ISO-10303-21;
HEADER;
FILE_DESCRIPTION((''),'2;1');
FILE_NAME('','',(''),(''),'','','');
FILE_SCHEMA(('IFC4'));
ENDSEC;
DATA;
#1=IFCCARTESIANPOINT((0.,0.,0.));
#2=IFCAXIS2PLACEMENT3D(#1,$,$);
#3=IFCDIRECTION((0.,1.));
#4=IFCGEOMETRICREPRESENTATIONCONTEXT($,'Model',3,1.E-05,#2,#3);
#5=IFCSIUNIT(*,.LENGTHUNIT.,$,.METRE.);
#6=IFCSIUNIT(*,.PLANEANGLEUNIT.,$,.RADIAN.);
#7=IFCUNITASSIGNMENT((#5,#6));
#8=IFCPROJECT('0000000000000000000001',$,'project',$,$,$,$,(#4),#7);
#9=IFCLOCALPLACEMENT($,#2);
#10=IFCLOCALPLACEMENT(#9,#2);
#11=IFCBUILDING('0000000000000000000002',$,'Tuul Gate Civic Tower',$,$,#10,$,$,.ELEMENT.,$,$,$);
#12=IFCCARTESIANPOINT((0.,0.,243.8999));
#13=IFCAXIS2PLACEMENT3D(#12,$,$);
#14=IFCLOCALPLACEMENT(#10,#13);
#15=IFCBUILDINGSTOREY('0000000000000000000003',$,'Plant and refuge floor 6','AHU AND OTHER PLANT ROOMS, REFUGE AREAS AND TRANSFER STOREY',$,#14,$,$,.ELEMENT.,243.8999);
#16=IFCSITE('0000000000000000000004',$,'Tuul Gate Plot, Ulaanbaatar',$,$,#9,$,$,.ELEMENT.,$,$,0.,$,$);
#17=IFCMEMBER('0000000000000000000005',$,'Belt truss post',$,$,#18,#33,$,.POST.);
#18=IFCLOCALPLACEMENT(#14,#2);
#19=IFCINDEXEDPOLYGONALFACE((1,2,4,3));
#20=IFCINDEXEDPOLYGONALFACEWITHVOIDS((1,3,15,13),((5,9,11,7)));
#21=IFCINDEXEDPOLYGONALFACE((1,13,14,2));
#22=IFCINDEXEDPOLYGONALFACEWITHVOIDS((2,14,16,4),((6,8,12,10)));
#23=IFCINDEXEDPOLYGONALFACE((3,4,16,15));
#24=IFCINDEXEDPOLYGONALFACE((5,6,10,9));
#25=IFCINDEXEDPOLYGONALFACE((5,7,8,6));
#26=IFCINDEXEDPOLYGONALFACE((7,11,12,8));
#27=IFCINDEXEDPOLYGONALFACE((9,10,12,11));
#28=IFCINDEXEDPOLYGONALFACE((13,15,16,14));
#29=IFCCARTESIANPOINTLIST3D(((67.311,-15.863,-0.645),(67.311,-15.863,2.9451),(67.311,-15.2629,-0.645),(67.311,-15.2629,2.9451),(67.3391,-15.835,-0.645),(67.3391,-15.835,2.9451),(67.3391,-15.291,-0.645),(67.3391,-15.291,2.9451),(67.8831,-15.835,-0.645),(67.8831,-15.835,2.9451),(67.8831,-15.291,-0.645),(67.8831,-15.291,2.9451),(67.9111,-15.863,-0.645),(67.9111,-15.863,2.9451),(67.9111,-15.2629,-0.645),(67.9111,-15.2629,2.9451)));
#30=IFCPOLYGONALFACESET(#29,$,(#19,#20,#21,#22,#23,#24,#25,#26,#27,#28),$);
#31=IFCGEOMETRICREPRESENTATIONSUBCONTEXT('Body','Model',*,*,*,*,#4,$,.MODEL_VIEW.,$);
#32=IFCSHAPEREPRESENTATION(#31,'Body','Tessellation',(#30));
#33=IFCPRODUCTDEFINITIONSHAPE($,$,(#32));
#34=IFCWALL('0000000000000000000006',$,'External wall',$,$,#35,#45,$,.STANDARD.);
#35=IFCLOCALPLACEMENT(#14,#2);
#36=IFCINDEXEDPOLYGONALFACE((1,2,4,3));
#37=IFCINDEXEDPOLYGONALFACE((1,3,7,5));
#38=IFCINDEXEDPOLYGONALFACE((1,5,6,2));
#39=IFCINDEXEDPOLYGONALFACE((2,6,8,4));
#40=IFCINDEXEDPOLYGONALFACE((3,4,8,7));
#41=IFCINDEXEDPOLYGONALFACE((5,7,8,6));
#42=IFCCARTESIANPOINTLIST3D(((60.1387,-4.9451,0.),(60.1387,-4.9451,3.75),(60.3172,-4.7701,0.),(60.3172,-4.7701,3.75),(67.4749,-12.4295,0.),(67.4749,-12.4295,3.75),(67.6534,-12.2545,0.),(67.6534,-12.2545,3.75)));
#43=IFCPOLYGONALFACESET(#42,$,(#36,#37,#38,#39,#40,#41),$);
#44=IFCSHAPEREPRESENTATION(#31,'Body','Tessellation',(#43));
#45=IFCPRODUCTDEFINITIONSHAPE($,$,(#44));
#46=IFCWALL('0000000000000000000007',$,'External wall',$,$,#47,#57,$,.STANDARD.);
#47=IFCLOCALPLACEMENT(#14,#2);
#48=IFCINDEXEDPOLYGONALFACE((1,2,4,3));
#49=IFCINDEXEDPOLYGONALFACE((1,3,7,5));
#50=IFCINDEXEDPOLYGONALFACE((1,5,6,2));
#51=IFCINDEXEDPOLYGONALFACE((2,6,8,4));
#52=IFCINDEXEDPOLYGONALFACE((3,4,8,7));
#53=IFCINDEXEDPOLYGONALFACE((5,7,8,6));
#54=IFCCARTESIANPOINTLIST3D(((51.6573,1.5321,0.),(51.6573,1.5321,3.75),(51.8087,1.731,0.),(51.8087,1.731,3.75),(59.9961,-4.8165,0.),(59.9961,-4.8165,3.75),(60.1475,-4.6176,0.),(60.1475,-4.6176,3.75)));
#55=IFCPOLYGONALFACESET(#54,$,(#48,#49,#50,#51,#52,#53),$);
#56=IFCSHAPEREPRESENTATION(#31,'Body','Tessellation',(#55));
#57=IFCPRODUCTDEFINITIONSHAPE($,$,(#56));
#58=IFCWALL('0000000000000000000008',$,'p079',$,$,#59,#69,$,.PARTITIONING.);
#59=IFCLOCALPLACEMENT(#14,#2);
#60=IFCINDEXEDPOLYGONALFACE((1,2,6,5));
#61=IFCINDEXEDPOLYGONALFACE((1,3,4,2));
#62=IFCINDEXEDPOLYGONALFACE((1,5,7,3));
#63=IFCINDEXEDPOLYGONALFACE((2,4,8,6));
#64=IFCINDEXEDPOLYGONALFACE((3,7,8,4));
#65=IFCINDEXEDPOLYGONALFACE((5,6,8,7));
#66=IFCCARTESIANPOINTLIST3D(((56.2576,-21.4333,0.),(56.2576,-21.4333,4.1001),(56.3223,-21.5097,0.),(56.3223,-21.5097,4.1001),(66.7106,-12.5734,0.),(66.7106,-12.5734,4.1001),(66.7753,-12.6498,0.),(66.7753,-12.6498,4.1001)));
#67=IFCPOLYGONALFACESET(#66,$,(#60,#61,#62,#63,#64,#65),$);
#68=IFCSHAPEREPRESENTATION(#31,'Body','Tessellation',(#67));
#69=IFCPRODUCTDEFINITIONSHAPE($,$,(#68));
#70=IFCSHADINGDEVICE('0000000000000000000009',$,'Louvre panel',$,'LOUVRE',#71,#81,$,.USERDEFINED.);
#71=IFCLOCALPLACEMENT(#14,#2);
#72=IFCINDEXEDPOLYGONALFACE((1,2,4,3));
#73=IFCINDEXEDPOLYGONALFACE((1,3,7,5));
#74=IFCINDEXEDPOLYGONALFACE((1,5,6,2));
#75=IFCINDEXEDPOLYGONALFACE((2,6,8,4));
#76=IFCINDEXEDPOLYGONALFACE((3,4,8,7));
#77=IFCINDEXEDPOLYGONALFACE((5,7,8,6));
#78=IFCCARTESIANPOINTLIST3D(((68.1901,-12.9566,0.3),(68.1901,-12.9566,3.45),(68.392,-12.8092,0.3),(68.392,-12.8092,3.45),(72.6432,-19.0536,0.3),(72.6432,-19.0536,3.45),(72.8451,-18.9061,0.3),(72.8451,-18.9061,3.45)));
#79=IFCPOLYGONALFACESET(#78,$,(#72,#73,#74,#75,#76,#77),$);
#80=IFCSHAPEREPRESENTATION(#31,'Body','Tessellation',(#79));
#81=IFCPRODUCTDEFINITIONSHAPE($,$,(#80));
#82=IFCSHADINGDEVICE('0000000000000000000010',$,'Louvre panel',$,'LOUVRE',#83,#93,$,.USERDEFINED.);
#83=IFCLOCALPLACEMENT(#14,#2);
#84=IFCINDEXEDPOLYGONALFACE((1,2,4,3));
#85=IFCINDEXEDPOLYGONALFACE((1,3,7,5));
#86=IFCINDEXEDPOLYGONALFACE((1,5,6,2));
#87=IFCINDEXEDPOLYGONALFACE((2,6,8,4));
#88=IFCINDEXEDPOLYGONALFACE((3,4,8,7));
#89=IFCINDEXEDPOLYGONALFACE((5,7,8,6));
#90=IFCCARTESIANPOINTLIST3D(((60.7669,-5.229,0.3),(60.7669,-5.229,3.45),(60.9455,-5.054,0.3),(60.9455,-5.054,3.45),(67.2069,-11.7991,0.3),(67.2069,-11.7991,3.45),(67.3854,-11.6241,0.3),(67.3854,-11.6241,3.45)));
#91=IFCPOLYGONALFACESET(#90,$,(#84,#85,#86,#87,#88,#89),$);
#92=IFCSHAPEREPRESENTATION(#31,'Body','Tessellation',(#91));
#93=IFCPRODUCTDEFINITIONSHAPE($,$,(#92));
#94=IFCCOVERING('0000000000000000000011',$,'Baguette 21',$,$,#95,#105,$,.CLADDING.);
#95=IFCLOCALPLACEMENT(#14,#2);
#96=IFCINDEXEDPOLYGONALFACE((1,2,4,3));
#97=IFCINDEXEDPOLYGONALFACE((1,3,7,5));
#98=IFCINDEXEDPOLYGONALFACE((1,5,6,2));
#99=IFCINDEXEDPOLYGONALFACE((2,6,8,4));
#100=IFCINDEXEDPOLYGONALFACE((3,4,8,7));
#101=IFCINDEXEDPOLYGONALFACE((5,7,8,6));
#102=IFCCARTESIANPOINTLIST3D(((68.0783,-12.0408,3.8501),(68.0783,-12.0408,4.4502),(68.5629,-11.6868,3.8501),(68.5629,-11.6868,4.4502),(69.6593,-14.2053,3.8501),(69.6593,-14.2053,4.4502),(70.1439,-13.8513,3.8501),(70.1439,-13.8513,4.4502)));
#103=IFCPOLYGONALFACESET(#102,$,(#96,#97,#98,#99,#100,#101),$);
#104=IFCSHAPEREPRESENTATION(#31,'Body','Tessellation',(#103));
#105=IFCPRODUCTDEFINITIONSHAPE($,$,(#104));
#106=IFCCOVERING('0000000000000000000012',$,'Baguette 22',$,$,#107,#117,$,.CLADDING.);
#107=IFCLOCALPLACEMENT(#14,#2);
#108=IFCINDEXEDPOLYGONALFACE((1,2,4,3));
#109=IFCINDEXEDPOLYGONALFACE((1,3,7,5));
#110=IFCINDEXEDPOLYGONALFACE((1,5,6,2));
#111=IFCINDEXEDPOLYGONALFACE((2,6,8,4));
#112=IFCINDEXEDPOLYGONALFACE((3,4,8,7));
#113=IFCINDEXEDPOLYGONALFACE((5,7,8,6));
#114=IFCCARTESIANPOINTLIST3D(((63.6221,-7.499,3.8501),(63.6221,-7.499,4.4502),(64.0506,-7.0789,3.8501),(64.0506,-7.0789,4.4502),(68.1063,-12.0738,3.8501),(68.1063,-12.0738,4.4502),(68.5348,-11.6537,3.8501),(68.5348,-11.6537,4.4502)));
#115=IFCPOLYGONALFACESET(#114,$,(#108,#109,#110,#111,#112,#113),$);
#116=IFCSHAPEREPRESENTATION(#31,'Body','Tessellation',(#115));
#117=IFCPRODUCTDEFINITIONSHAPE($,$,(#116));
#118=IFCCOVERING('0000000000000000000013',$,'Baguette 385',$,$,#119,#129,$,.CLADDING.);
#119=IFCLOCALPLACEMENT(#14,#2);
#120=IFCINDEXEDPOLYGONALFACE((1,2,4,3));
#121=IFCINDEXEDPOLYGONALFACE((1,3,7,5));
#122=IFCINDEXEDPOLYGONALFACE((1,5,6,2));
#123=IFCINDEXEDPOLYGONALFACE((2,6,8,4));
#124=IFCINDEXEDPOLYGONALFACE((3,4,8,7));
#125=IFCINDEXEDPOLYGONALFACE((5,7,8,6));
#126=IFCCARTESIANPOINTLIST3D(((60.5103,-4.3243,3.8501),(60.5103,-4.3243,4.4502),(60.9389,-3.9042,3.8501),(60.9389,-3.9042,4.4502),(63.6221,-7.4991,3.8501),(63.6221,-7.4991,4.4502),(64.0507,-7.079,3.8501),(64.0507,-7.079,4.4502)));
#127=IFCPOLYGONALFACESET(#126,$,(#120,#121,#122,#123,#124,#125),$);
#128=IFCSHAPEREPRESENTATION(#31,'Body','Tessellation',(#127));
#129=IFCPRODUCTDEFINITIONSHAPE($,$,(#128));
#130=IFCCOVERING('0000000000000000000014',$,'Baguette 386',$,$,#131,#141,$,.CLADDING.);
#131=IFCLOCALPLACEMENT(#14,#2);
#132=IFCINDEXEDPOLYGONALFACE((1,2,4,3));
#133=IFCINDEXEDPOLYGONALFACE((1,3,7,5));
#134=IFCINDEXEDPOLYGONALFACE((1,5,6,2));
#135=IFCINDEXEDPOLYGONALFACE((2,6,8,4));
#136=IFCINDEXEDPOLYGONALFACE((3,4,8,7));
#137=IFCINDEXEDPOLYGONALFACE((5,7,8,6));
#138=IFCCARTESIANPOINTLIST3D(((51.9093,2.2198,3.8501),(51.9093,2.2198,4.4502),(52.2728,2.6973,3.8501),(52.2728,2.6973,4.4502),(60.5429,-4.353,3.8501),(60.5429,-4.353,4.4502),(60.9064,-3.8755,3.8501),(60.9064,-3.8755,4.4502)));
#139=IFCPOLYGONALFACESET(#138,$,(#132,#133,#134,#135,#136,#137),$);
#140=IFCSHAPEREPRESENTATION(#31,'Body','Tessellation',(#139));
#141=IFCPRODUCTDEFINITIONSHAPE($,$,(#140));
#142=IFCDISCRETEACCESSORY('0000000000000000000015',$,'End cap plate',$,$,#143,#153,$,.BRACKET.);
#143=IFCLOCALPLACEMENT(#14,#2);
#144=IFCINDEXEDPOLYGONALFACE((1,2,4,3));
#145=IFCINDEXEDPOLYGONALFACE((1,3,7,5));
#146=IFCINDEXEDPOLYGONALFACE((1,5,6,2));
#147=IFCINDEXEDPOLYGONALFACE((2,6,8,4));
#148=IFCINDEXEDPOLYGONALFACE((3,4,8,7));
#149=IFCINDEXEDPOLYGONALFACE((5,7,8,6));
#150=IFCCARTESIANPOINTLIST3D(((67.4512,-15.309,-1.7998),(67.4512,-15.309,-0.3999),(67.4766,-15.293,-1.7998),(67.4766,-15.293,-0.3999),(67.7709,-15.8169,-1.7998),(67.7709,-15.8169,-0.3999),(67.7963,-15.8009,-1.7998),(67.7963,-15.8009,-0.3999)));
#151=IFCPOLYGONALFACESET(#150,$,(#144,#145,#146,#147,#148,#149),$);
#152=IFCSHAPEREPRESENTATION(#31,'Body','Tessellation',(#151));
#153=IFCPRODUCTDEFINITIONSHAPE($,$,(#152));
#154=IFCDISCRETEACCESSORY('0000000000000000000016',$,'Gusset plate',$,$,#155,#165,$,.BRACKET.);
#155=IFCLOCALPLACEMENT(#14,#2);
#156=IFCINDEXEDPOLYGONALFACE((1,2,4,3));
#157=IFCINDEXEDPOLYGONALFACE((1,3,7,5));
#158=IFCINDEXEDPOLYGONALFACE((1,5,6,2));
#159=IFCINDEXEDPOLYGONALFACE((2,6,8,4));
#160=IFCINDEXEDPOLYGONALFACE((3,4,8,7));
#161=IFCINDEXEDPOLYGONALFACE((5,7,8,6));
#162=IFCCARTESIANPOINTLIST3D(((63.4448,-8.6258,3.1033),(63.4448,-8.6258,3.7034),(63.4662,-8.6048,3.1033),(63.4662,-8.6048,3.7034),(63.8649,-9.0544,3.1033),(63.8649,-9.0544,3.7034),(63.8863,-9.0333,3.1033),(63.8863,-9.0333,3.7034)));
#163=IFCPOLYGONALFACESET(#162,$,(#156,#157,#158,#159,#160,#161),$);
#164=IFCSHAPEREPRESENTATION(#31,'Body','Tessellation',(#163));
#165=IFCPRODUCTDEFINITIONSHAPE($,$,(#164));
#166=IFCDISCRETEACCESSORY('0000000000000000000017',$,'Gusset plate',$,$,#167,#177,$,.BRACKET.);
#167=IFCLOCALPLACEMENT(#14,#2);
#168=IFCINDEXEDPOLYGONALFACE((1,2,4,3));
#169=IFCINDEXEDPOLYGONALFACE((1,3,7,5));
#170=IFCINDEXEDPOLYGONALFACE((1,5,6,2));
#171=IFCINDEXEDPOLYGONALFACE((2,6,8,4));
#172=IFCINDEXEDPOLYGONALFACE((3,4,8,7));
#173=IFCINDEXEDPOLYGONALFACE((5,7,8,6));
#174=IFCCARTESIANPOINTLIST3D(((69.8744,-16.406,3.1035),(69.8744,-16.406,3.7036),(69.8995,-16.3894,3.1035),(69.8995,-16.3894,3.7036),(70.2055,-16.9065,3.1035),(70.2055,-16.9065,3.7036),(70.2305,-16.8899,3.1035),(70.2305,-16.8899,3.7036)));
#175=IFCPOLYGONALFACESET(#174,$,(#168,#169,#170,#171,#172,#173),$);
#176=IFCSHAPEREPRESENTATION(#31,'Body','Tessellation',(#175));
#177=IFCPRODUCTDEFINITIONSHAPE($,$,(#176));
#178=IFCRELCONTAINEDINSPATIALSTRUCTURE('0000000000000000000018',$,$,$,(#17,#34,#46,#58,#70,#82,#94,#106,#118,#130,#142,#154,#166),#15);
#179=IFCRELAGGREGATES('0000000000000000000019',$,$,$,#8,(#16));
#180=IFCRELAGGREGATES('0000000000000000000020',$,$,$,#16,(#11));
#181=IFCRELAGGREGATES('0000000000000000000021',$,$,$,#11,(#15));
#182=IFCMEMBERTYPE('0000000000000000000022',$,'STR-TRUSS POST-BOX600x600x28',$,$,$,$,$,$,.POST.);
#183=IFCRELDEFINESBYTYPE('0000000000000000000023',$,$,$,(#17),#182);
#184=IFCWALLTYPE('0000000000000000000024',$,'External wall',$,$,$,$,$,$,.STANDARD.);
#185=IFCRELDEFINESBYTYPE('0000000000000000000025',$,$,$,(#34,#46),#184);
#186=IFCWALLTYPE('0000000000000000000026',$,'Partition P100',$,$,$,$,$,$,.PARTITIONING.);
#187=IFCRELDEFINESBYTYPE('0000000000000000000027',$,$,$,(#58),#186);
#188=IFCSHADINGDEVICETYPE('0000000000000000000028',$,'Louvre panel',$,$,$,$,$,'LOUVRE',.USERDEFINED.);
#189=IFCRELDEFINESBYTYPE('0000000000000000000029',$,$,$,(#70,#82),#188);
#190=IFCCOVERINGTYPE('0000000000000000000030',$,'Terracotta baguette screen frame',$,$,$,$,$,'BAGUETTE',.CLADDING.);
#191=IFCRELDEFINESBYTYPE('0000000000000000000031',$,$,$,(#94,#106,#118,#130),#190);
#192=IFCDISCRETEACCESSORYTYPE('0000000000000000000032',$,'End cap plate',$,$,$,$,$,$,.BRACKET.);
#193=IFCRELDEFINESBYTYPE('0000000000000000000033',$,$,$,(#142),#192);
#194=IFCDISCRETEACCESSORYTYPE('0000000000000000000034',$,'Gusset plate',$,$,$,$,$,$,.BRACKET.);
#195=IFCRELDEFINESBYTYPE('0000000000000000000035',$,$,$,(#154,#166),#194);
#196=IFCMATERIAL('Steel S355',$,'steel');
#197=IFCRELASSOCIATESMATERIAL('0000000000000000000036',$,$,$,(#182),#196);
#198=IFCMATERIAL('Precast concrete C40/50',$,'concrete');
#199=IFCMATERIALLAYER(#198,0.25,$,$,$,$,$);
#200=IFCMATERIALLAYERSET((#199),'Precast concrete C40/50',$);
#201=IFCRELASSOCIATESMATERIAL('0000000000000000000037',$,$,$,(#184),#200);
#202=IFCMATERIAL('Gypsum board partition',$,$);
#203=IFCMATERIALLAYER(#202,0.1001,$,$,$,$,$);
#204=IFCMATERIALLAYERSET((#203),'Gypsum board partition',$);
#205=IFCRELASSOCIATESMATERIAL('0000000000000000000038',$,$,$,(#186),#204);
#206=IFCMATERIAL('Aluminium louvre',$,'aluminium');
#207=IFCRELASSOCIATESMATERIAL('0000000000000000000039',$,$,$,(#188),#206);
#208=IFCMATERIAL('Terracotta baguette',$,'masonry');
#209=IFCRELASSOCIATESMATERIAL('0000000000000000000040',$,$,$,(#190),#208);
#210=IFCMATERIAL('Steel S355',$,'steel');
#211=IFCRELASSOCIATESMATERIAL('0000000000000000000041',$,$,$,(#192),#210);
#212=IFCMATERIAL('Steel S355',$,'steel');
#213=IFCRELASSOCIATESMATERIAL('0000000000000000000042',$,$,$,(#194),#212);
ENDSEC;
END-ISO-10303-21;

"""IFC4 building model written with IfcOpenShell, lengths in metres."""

from ifc_helpers import new_model, si_unit, direction, frame, frame_2d, origin, origin_2d, place, context, subcontext, project, spatial, rectangle, hollow_rectangle, extrude, material, layer, layer_set, material_profile, profile_set, type_object, element, save


model = new_model("IFC4")

# Units and contexts
model_context = context("Model", 3, precision=1e-05, world=origin(), true_north=direction((0.0, 1.0)))
body_context = subcontext(model_context, "Body", "Model", "MODEL_VIEW")
ifc_project = project(units=[si_unit("LENGTHUNIT", "METRE"), si_unit("PLANEANGLEUNIT", "RADIAN")], contexts=[model_context])

# Site, building, storey
site_placement = place(None, origin())
site = spatial("IfcSite", under=ifc_project, at=site_placement, Name="Tuul Gate Plot, Ulaanbaatar", CompositionType="ELEMENT", RefElevation=0.0)
building_placement = place(site_placement, origin())
building = spatial("IfcBuilding", under=site, at=building_placement, Name="Tuul Gate Civic Tower", CompositionType="ELEMENT")
storey_placement = place(building_placement, frame((0.0, 0.0, 243.8999)))
storey = spatial("IfcBuildingStorey", under=building, at=storey_placement, Name="Plant and refuge floor 6", Description="AHU AND OTHER PLANT ROOMS, REFUGE AREAS AND TRANSFER STOREY", CompositionType="ELEMENT", Elevation=243.8999)

# Member
ifc_material_1 = material(Name="Steel S355", Category="steel")
ifc_material_profile_1 = material_profile(ifc_material_1, hollow_rectangle(XDim=0.6001, YDim=0.6001, WallThickness=0.0281, at=origin_2d()), Name="BOX600x600x28")
ifc_profile_set_1 = profile_set([ifc_material_profile_1], Name="Steel S355")
member_type_1 = type_object("IfcMemberType", Name="STR-TRUSS POST-BOX600x600x28", PredefinedType="POST", material=ifc_profile_set_1)
for number, where, z_axis, x_axis, name in (
    (1, (67.6111, -15.563, -0.645), (0.0, 0.0, 1.0), (1.0, 0.0, 0.0), "Belt truss post"),
):
    element("IfcMember", number, at=place(storey_placement, frame(where, z_axis=z_axis, x_axis=x_axis)), inside=storey, type_object=member_type_1, Name=name, PredefinedType="POST", context=body_context, shape_type="SweptSolid", body=[
        extrude(hollow_rectangle(XDim=0.6001, YDim=0.6001, WallThickness=0.0281, at=origin_2d()), origin(), (0.0, 0.0, 1.0), 3.5901),
    ])

# Walls
ifc_material_2 = material(Name="Precast concrete C40/50", Category="concrete")
ifc_layer_1 = layer(ifc_material_2, 0.25)
ifc_layer_set_1 = layer_set([ifc_layer_1], Name="Precast concrete C40/50")
wall_type_1 = type_object("IfcWallType", Name="External wall", PredefinedType="STANDARD", material=ifc_layer_set_1)
wall_1_placement = place(storey_placement, frame((67.5642, -12.342, 0.0), z_axis=(0.0, 0.0, 1.0), x_axis=(-0.700001, 0.714142, 0.0)))
element("IfcWall", 2, at=wall_1_placement, inside=storey, type_object=wall_type_1, Name="External wall", PredefinedType="STANDARD", context=body_context, shape_type="SweptSolid", body=[
    extrude(rectangle(XDim=10.4802, YDim=0.25, at=frame_2d((5.2402, 0.0))), origin(), (0.0, 0.0, 1.0), 3.75),
])
wall_2_placement = place(storey_placement, frame((60.0718, -4.717, 0.0), z_axis=(0.0, 0.0, 1.0), x_axis=(-0.795652, 0.605754, 0.0)))
element("IfcWall", 3, at=wall_2_placement, inside=storey, type_object=wall_type_1, Name="External wall", PredefinedType="STANDARD", context=body_context, shape_type="SweptSolid", body=[
    extrude(rectangle(XDim=10.4805, YDim=0.25, at=frame_2d((5.2402, 0.0))), origin(), (0.0, 0.0, 1.0), 3.75),
])
ifc_material_3 = material(Name="Gypsum board partition")
ifc_layer_2 = layer(ifc_material_3, 0.1001)
ifc_layer_set_2 = layer_set([ifc_layer_2], Name="Gypsum board partition")
wall_type_2 = type_object("IfcWallType", Name="Partition P100", PredefinedType="PARTITIONING", material=ifc_layer_set_2)
wall_3_placement = place(storey_placement, frame((66.7429, -12.6116, 0.0), z_axis=(0.0, 0.0, 1.0), x_axis=(-0.762842, -0.646585, 0.0)))
element("IfcWall", 4, at=wall_3_placement, inside=storey, type_object=wall_type_2, Name="p079", PredefinedType="PARTITIONING", context=body_context, shape_type="SweptSolid", body=[
    extrude(rectangle(XDim=13.7026, YDim=0.1001, at=frame_2d((6.8513, 0.0))), origin(), (0.0, 0.0, 1.0), 4.1001),
])

# Shading devices
ifc_material_4 = material(Name="Aluminium louvre", Category="aluminium")
shading_device_type = type_object("IfcShadingDeviceType", Name="Louvre panel", ElementType="LOUVRE", PredefinedType="USERDEFINED", material=ifc_material_4)
shading_device_1_placement = place(storey_placement, frame((70.5176, -15.9314, 0.3), z_axis=(0.0, 0.0, 1.0), x_axis=(0.807538, 0.589815, 0.0)))
element("IfcShadingDevice", 5, at=shading_device_1_placement, inside=storey, type_object=shading_device_type, Name="Louvre panel", ObjectType="LOUVRE", PredefinedType="USERDEFINED", context=body_context, shape_type="SweptSolid", body=[
    extrude(rectangle(XDim=0.25, YDim=7.55, at=origin_2d()), origin(), (0.0, 0.0, 1.0), 3.1499),
])
shading_device_2_placement = place(storey_placement, frame((64.0762, -8.4265, 0.3), z_axis=(0.0, 0.0, 1.0), x_axis=(0.714146, 0.699997, 0.0)))
element("IfcShadingDevice", 6, at=shading_device_2_placement, inside=storey, type_object=shading_device_type, Name="Louvre panel", ObjectType="LOUVRE", PredefinedType="USERDEFINED", context=body_context, shape_type="SweptSolid", body=[
    extrude(rectangle(XDim=0.25, YDim=9.2, at=origin_2d()), origin(), (0.0, 0.0, 1.0), 3.1499),
])

# Coverings
ifc_material_5 = material(Name="Terracotta baguette", Category="masonry")
ifc_material_profile_2 = material_profile(ifc_material_5, rectangle(XDim=0.6001, YDim=0.6001, at=origin_2d()), Name="Terracotta baguette screen frame")
ifc_profile_set_2 = profile_set([ifc_material_profile_2], Name="Terracotta baguette")
covering_type = type_object("IfcCoveringType", Name="Terracotta baguette screen frame", ElementType="BAGUETTE", PredefinedType="CLADDING", material=ifc_profile_set_2)
covering_1_placement = place(storey_placement, frame((69.9016, -14.0283, 4.1501), z_axis=(-0.589838, 0.807521, 0.0), x_axis=(-0.807521, -0.589838, 0.0)))
element("IfcCovering", 7, at=covering_1_placement, inside=storey, type_object=covering_type, Name="Baguette 21", PredefinedType="CLADDING", context=body_context, shape_type="SweptSolid", body=[
    extrude(rectangle(XDim=0.6001, YDim=0.6001, at=origin_2d()), origin(), (0.0, 0.0, 1.0), 2.6804),
])
covering_2_placement = place(storey_placement, frame((68.3206, -11.8638, 4.1501), z_axis=(-0.700002, 0.714141, 0.0), x_axis=(-0.714141, -0.700002, 0.0)))
element("IfcCovering", 8, at=covering_2_placement, inside=storey, type_object=covering_type, Name="Baguette 22", PredefinedType="CLADDING", context=body_context, shape_type="SweptSolid", body=[
    extrude(rectangle(XDim=0.6001, YDim=0.6001, at=origin_2d()), origin(), (0.0, 0.0, 1.0), 6.406),
])
covering_3_placement = place(storey_placement, frame((63.8364, -7.2891, 4.1501), z_axis=(-0.699987, 0.714156, 0.0), x_axis=(-0.714156, -0.699987, 0.0)))
element("IfcCovering", 9, at=covering_3_placement, inside=storey, type_object=covering_type, Name="Baguette 385", PredefinedType="CLADDING", context=body_context, shape_type="SweptSolid", body=[
    extrude(rectangle(XDim=0.6001, YDim=0.6001, at=origin_2d()), origin(), (0.0, 0.0, 1.0), 4.4456),
])
covering_4_placement = place(storey_placement, frame((60.7246, -4.1143, 4.1501), z_axis=(-0.795662, 0.605741, 0.0), x_axis=(-0.605741, -0.795662, 0.0)))
element("IfcCovering", 10, at=covering_4_placement, inside=storey, type_object=covering_type, Name="Baguette 386", PredefinedType="CLADDING", context=body_context, shape_type="SweptSolid", body=[
    extrude(rectangle(XDim=0.6001, YDim=0.6001, at=origin_2d()), origin(), (0.0, 0.0, 1.0), 10.8508),
])

# Discrete accessories
ifc_material_6 = material(Name="Steel S355", Category="steel")
discrete_accessory_type_1 = type_object("IfcDiscreteAccessoryType", Name="End cap plate", PredefinedType="BRACKET", material=ifc_material_6)
discrete_accessory_1_placement = place(storey_placement, frame((67.6238, -15.5549, -1.7998), z_axis=(0.0, 0.0, 1.0), x_axis=(0.846275, 0.532746, 0.0)))
element("IfcDiscreteAccessory", 11, at=discrete_accessory_1_placement, inside=storey, type_object=discrete_accessory_type_1, Name="End cap plate", PredefinedType="BRACKET", context=body_context, shape_type="SweptSolid", body=[
    extrude(rectangle(XDim=0.03, YDim=0.6001, at=origin_2d()), origin(), (0.0, 0.0, 1.0), 1.3999),
])
ifc_material_7 = material(Name="Steel S355", Category="steel")
discrete_accessory_type_2 = type_object("IfcDiscreteAccessoryType", Name="Gusset plate", PredefinedType="BRACKET", material=ifc_material_7)
for number, where, z_axis, x_axis, name in (
    (12, (63.6655, -8.8296, 3.1033), (0.0, 0.0, 1.0), (0.700048, -0.714096, 0.0), "Gusset plate"),
    (13, (70.0525, -16.6479, 3.1035), (0.0, 0.0, 1.0), (0.551645, -0.834079, 0.0), "Gusset plate"),
):
    element("IfcDiscreteAccessory", number, at=place(storey_placement, frame(where, z_axis=z_axis, x_axis=x_axis)), inside=storey, type_object=discrete_accessory_type_2, Name=name, PredefinedType="BRACKET", context=body_context, shape_type="SweptSolid", body=[
        extrude(rectangle(XDim=0.6001, YDim=0.03, at=origin_2d()), origin(), (0.0, 0.0, 1.0), 0.6001),
    ])

save(model, "model.ifc")
